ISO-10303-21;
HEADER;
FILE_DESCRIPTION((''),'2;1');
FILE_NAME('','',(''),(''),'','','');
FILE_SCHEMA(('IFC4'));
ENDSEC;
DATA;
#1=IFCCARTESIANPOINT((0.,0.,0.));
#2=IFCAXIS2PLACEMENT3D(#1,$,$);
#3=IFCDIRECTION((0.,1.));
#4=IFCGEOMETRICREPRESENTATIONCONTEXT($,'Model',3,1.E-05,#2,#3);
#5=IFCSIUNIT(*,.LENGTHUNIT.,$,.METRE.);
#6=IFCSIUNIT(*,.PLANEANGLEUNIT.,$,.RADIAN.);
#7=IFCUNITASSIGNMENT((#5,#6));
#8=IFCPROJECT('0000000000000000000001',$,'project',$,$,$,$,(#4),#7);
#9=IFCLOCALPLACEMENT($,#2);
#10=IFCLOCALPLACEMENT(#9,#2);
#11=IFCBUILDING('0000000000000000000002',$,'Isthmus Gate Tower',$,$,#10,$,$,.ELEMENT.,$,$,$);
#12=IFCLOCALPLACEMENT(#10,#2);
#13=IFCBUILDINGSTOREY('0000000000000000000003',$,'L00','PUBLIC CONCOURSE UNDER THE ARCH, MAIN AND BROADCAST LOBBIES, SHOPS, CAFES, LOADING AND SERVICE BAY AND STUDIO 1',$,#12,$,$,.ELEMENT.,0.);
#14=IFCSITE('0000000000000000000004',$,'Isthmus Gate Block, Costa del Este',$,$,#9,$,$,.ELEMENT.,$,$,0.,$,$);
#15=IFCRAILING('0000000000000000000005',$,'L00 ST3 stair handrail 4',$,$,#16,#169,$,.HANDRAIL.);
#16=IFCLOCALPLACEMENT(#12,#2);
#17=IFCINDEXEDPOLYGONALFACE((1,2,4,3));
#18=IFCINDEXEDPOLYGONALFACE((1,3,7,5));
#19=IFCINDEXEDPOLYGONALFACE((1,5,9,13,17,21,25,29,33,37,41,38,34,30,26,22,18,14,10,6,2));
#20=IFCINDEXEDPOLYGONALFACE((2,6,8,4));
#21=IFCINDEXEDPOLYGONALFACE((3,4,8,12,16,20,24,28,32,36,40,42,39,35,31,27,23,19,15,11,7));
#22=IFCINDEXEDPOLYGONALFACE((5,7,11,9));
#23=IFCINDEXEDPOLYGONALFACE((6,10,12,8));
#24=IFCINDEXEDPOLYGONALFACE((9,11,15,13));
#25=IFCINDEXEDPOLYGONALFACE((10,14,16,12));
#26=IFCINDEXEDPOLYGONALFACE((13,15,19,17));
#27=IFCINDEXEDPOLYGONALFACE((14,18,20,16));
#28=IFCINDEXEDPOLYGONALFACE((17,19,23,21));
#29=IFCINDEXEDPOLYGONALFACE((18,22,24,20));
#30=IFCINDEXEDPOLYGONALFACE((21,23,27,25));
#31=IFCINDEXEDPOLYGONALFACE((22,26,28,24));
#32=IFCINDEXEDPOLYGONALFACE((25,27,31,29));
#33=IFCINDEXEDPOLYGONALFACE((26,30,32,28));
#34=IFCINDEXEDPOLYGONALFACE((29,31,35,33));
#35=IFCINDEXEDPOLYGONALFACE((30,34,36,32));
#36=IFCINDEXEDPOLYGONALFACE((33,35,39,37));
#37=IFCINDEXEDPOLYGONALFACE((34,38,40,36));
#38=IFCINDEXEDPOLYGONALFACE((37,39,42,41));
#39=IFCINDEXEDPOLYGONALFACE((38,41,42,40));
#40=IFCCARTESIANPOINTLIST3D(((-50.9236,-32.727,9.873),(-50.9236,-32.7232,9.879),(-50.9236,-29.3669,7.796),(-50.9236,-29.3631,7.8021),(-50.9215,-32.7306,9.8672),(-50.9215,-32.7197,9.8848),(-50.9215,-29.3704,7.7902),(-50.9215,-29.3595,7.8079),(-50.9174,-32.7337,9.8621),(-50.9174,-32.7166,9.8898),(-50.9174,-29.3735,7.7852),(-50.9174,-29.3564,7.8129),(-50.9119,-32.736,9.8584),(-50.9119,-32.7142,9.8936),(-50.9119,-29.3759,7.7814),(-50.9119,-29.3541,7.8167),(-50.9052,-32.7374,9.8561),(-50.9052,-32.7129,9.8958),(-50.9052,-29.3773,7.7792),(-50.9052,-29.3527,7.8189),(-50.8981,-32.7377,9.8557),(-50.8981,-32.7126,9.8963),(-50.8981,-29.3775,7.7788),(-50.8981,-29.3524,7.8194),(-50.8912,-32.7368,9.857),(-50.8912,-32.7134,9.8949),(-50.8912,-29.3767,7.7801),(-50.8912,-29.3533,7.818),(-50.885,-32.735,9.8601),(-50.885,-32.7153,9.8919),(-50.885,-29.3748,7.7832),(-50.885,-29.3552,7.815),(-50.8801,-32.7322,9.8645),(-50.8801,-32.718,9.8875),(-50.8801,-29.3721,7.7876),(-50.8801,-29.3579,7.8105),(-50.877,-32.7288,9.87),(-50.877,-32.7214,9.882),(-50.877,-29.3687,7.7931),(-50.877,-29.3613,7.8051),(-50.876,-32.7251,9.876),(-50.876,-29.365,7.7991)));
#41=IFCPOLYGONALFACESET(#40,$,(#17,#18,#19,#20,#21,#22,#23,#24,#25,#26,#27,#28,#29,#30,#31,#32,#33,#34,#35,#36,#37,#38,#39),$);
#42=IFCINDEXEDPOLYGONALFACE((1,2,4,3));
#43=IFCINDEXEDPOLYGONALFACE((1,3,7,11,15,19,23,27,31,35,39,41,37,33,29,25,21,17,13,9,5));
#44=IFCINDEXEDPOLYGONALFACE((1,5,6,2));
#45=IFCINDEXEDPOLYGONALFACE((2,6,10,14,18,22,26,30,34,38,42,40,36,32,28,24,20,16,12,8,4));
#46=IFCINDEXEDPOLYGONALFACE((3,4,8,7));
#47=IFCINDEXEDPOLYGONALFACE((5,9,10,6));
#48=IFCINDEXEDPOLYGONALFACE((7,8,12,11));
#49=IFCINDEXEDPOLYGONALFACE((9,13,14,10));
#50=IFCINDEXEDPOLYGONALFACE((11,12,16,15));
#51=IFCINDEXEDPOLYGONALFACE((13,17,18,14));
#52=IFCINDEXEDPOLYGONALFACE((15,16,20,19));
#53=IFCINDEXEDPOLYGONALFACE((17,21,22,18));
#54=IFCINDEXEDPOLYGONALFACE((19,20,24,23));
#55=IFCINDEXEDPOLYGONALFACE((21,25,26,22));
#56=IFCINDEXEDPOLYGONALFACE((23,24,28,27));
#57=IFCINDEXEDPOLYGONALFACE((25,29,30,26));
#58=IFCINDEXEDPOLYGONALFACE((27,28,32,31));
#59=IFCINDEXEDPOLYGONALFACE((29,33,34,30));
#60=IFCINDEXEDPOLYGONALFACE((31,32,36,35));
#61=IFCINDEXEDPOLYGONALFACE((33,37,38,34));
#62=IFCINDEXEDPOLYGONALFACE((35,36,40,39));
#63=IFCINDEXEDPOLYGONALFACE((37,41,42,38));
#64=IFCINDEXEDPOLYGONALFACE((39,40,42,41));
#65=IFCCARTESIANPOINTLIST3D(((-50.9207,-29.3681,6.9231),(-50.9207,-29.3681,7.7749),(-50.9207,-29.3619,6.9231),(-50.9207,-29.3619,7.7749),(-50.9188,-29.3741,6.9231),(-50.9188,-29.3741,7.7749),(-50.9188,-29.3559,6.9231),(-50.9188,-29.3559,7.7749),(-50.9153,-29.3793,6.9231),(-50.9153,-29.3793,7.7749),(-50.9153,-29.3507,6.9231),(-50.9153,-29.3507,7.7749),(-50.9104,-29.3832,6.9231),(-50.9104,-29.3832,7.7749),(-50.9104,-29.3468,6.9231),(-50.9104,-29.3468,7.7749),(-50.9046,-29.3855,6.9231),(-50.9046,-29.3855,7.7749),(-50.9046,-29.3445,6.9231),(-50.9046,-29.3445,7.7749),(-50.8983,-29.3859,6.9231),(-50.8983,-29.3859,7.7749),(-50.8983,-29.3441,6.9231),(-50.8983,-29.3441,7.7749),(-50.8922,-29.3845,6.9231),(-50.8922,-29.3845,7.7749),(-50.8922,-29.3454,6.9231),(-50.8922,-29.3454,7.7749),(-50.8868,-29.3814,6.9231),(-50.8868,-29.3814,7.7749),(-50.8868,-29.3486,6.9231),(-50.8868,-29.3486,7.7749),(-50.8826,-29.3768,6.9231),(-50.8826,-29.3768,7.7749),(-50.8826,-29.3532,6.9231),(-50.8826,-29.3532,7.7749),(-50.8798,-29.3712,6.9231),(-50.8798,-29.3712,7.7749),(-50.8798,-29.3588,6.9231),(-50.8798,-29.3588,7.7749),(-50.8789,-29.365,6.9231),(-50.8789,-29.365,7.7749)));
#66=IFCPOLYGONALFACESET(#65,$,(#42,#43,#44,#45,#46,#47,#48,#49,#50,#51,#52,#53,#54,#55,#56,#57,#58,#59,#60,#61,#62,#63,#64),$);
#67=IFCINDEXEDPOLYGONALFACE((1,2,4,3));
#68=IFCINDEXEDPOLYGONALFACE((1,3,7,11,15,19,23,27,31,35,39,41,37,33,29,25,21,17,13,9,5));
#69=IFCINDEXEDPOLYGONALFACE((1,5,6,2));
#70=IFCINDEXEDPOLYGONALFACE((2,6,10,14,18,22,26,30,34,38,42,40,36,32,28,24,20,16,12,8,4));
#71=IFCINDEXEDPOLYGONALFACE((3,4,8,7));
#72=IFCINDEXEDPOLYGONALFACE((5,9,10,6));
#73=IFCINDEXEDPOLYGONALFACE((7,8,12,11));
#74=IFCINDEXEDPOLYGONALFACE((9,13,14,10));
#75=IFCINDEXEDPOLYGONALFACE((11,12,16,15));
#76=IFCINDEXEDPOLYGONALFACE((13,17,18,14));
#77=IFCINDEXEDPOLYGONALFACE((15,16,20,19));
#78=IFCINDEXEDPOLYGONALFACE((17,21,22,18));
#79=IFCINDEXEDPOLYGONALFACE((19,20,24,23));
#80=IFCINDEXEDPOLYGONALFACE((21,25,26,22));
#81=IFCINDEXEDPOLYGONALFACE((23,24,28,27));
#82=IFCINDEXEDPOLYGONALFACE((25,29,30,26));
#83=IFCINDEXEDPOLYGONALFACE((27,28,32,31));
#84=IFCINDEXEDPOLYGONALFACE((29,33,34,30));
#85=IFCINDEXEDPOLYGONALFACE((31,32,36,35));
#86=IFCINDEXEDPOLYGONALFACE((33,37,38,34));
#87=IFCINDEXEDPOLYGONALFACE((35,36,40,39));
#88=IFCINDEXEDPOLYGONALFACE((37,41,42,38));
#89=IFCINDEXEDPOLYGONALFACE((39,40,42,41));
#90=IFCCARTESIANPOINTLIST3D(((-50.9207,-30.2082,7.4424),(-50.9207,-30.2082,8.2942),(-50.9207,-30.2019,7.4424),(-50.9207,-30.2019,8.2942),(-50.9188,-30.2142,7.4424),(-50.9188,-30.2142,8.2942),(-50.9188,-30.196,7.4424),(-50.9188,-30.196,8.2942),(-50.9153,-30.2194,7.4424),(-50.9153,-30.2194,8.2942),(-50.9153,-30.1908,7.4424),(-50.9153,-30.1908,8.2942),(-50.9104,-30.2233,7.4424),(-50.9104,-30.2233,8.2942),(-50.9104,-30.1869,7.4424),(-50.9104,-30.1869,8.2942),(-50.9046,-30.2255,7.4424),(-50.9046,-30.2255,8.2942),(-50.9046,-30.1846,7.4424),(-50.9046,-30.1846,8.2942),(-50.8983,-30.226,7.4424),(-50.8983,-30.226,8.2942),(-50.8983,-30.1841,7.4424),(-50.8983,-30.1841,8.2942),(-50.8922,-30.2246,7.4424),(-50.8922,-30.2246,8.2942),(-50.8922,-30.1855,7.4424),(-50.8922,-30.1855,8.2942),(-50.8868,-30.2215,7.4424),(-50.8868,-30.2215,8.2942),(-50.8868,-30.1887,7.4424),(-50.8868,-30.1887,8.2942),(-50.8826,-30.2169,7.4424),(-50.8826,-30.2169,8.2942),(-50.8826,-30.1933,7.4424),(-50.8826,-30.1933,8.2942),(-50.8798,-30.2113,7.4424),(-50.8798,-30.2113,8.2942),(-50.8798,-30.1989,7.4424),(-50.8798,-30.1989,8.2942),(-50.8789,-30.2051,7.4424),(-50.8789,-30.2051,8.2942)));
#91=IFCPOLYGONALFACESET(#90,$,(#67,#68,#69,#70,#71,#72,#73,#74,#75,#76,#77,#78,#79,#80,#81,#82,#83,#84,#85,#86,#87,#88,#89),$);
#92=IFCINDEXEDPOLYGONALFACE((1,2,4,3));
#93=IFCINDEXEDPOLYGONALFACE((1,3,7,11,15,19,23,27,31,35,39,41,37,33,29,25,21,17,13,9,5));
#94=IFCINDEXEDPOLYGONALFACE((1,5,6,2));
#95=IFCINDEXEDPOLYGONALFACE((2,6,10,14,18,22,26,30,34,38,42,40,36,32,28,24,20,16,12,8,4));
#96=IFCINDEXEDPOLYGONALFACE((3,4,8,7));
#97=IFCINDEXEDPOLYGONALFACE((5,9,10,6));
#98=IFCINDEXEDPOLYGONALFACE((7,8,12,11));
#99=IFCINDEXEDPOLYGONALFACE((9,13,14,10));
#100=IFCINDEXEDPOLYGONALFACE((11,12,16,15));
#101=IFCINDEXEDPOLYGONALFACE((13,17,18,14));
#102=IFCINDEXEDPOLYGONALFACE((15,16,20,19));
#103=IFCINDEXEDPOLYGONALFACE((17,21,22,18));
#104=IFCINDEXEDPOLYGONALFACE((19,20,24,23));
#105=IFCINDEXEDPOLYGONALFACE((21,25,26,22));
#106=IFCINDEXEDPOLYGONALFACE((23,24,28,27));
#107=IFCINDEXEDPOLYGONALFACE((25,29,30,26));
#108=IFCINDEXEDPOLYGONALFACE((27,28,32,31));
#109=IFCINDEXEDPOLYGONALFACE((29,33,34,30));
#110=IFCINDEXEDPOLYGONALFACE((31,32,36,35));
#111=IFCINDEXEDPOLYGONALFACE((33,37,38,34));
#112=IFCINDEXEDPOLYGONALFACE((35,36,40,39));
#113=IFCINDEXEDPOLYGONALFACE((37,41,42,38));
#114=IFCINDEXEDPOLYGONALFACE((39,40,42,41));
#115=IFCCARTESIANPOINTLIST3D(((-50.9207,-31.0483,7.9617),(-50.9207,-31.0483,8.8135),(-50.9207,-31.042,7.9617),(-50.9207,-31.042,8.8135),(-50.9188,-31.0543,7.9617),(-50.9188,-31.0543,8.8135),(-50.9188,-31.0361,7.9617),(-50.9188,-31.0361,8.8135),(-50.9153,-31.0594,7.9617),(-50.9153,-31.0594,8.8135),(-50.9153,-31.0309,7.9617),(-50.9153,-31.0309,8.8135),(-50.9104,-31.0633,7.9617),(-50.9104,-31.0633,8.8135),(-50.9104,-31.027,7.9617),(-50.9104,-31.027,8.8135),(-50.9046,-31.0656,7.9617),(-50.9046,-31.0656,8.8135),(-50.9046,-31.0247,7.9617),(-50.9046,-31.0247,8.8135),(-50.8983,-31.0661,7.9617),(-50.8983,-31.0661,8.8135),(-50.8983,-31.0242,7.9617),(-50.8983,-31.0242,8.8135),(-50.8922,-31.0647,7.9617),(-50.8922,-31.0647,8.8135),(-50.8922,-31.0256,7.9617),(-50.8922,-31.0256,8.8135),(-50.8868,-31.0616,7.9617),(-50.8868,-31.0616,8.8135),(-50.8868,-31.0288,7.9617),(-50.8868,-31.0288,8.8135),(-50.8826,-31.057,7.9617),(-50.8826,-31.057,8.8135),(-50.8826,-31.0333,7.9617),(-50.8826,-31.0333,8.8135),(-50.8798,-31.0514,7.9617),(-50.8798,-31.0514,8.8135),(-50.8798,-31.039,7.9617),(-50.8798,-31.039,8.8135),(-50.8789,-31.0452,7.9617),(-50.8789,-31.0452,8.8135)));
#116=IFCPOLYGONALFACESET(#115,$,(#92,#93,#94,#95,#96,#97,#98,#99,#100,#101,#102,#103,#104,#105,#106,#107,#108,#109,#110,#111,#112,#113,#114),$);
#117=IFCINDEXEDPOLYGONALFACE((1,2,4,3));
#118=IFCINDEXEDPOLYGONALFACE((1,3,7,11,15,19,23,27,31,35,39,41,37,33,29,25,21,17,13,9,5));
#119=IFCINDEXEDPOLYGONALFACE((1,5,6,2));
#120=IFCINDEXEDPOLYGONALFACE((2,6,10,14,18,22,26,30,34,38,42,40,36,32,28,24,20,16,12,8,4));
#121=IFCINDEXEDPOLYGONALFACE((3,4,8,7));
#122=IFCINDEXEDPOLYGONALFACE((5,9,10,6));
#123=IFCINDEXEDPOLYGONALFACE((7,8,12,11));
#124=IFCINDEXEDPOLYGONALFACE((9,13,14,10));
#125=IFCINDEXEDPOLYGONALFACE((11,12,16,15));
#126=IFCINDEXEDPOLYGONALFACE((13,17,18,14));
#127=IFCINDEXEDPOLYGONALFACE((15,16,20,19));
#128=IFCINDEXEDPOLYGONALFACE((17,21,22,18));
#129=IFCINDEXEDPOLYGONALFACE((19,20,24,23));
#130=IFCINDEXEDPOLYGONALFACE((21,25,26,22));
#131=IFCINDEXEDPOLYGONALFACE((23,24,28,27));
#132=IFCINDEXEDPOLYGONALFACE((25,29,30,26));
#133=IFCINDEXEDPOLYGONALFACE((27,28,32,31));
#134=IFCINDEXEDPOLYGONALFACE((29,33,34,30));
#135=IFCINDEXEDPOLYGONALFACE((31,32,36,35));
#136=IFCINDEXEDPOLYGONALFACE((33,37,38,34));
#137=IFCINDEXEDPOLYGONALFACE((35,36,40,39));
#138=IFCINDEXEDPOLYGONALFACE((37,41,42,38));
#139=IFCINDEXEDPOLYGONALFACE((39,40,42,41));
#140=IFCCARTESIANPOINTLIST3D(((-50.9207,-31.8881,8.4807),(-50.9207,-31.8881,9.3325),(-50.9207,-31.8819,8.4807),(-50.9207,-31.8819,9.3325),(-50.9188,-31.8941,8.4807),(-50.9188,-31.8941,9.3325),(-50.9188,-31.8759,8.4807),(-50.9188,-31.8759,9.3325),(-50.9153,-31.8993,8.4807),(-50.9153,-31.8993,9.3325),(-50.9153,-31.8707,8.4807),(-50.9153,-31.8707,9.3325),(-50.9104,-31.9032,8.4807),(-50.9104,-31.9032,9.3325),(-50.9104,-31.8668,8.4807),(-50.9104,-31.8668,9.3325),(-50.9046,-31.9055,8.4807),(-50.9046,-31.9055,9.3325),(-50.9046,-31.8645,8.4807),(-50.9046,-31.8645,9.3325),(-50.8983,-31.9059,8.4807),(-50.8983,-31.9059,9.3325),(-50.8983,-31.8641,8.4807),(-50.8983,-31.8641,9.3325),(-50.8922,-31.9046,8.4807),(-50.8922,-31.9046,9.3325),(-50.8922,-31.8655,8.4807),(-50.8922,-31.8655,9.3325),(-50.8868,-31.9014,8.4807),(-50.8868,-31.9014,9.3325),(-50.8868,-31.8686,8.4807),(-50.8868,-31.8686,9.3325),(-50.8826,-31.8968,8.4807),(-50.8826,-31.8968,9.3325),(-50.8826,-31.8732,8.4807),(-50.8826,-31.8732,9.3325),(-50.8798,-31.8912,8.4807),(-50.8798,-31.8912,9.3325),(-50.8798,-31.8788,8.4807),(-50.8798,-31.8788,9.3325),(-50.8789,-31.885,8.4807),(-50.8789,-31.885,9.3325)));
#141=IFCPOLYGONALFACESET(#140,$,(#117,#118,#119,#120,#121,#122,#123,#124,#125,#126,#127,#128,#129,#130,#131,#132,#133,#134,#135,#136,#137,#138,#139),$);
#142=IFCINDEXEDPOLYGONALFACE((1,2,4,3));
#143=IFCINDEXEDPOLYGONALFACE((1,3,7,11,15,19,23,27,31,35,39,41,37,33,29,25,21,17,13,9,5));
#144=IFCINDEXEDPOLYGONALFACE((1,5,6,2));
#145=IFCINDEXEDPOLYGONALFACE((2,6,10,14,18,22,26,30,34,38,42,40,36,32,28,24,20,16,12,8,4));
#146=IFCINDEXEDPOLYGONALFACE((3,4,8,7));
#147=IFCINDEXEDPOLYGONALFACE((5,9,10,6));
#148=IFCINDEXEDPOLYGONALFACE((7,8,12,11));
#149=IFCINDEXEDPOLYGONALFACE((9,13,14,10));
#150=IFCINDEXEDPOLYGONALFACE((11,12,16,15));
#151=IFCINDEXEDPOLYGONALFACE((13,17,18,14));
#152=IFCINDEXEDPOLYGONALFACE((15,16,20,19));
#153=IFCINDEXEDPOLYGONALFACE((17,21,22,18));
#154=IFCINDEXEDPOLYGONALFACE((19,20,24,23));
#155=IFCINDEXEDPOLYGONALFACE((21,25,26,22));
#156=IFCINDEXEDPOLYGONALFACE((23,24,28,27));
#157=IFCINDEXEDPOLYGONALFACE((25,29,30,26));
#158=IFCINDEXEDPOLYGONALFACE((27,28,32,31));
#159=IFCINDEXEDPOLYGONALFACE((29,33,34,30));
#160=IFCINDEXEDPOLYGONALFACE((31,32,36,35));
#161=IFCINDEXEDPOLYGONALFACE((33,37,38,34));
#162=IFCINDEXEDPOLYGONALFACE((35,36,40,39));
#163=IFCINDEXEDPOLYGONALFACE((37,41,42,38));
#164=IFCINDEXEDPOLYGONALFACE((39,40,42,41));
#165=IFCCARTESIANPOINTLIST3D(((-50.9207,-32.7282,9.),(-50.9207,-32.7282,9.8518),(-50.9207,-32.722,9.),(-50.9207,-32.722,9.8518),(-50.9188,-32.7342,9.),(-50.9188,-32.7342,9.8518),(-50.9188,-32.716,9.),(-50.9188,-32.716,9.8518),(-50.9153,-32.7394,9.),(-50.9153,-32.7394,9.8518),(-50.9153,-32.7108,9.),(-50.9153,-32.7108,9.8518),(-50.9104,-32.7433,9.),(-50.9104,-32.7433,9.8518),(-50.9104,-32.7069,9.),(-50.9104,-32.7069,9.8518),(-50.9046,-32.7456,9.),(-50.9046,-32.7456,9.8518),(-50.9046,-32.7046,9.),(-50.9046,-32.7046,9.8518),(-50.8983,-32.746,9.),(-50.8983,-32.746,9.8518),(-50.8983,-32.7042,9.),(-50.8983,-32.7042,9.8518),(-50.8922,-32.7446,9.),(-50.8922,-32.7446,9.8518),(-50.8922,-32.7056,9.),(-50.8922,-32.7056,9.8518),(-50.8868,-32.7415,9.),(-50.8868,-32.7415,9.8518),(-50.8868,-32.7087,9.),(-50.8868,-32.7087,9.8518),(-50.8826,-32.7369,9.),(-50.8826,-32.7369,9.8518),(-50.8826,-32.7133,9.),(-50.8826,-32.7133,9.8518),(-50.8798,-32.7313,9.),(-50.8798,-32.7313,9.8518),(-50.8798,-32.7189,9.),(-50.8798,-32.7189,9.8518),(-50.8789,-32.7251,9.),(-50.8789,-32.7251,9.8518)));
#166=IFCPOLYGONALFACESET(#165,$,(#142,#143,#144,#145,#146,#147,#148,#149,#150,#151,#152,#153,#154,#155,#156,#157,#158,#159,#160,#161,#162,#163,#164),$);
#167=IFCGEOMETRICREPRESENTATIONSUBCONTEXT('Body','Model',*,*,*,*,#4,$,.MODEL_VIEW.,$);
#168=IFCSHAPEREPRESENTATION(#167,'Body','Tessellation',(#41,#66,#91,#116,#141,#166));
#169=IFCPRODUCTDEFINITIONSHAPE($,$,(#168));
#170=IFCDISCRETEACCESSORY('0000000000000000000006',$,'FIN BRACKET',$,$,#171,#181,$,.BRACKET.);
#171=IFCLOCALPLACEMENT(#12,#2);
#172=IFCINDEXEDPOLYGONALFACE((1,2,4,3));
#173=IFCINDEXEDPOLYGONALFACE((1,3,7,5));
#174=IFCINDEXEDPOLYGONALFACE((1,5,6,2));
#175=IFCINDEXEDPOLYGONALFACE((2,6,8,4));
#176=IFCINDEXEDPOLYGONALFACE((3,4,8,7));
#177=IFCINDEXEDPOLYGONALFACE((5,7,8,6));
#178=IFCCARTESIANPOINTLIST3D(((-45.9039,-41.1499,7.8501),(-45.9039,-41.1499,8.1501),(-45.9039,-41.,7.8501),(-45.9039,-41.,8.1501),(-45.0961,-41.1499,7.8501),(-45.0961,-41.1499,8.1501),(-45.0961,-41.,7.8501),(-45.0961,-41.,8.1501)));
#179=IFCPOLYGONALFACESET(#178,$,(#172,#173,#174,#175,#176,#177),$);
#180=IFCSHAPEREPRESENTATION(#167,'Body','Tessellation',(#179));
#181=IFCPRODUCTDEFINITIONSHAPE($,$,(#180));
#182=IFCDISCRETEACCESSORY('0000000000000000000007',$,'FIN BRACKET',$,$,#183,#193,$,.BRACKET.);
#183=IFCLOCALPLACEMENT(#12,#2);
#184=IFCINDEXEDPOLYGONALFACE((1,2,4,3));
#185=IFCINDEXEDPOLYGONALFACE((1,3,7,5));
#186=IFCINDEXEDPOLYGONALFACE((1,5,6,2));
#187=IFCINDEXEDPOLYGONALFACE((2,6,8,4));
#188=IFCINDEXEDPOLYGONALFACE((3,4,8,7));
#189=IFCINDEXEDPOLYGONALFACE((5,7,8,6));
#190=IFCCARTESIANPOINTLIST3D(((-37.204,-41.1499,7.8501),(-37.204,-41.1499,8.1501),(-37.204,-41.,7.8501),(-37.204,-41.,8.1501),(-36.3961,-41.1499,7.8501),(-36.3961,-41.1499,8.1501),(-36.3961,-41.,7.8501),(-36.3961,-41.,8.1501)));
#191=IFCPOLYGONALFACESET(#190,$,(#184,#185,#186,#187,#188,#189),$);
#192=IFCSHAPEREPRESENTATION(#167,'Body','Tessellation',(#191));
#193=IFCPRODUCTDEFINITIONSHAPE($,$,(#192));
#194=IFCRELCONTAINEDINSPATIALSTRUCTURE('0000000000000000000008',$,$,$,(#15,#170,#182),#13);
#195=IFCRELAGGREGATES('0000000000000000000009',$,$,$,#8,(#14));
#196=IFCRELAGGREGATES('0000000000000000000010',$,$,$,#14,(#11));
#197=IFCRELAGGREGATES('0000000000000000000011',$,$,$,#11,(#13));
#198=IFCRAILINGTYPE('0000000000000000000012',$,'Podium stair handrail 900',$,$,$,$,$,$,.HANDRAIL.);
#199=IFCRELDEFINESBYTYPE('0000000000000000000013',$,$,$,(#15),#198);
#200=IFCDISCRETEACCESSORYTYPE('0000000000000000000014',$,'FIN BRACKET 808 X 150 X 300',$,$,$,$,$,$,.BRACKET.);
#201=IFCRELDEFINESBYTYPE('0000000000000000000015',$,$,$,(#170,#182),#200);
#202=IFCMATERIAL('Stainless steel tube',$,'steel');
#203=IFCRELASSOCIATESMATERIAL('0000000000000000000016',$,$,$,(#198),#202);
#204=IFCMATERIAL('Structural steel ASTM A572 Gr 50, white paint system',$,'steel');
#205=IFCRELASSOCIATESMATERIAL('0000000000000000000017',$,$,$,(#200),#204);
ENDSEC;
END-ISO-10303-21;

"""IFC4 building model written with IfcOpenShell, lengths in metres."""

from ifc_helpers import new_model, si_unit, direction, frame, origin, origin_2d, place, context, subcontext, project, spatial, rectangle, circle, extrude, material, type_object, element, save


model = new_model("IFC4")

# Units and contexts
model_context = context("Model", 3, precision=1e-05, world=origin(), true_north=direction((0.0, 1.0)))
body_context = subcontext(model_context, "Body", "Model", "MODEL_VIEW")
ifc_project = project(units=[si_unit("LENGTHUNIT", "METRE"), si_unit("PLANEANGLEUNIT", "RADIAN")], contexts=[model_context])

# Site, building, storey
site_placement = place(None, origin())
site = spatial("IfcSite", under=ifc_project, at=site_placement, Name="Isthmus Gate Block, Costa del Este", CompositionType="ELEMENT", RefElevation=0.0)
building_placement = place(site_placement, origin())
building = spatial("IfcBuilding", under=site, at=building_placement, Name="Isthmus Gate Tower", CompositionType="ELEMENT")
storey_placement = place(building_placement, origin())
storey = spatial("IfcBuildingStorey", under=building, at=storey_placement, Name="L00", Description="PUBLIC CONCOURSE UNDER THE ARCH, MAIN AND BROADCAST LOBBIES, SHOPS, CAFES, LOADING AND SERVICE BAY AND STUDIO 1", CompositionType="ELEMENT", Elevation=0.0)

# Railing
ifc_material_1 = material(Name="Stainless steel tube", Category="steel")
railing_type_1 = type_object("IfcRailingType", Name="Podium stair handrail 900", PredefinedType="HANDRAIL", material=ifc_material_1)
railing_1_placement = place(storey_placement, frame((-50.8999, -29.365, 6.9231)))
element("IfcRailing", 1, at=railing_1_placement, inside=storey, type_object=railing_type_1, Name="L00 ST3 stair handrail 4", PredefinedType="HANDRAIL", context=body_context, shape_type="SweptSolid", body=[
    extrude(circle(Radius=0.0239, at=origin_2d()), frame((0.0, 0.0, 0.876), z_axis=(0.0, -0.850623, 0.525776), x_axis=(1.0, 0.0, 0.0)), (0.0, 0.0, 1.0), 3.9502),
    extrude(circle(Radius=0.021, at=origin_2d()), origin(), (0.0, 0.0, 1.0), 0.8518),
    extrude(circle(Radius=0.021, at=origin_2d()), frame((0.0, -0.8401, 0.5193)), (0.0, 0.0, 1.0), 0.8518),
    extrude(circle(Radius=0.021, at=origin_2d()), frame((0.0, -1.6802, 1.0386)), (0.0, 0.0, 1.0), 0.8518),
    extrude(circle(Radius=0.021, at=origin_2d()), frame((0.0, -2.52, 1.5576)), (0.0, 0.0, 1.0), 0.8518),
    extrude(circle(Radius=0.021, at=origin_2d()), frame((0.0, -3.3601, 2.0769)), (0.0, 0.0, 1.0), 0.8518),
])

# Discrete accessories
ifc_material_2 = material(Name="Structural steel ASTM A572 Gr 50, white paint system", Category="steel")
discrete_accessory_type = type_object("IfcDiscreteAccessoryType", Name="FIN BRACKET 808 X 150 X 300", PredefinedType="BRACKET", material=ifc_material_2)
for number, where, z_axis, x_axis, name in (
    (2, (-45.5, -41.075, 7.8501), (0.0, 0.0, 1.0), (0.0, -1.0, 0.0), "FIN BRACKET"),
    (3, (-36.8, -41.075, 7.8501), (0.0, 0.0, 1.0), (0.0, -1.0, 0.0), "FIN BRACKET"),
):
    element("IfcDiscreteAccessory", number, at=place(storey_placement, frame(where, z_axis=z_axis, x_axis=x_axis)), inside=storey, type_object=discrete_accessory_type, Name=name, PredefinedType="BRACKET", context=body_context, shape_type="SweptSolid", body=[
        extrude(rectangle(XDim=0.1499, YDim=0.8079, at=origin_2d()), origin(), (0.0, 0.0, 1.0), 0.3),
    ])

save(model, "model.ifc")
